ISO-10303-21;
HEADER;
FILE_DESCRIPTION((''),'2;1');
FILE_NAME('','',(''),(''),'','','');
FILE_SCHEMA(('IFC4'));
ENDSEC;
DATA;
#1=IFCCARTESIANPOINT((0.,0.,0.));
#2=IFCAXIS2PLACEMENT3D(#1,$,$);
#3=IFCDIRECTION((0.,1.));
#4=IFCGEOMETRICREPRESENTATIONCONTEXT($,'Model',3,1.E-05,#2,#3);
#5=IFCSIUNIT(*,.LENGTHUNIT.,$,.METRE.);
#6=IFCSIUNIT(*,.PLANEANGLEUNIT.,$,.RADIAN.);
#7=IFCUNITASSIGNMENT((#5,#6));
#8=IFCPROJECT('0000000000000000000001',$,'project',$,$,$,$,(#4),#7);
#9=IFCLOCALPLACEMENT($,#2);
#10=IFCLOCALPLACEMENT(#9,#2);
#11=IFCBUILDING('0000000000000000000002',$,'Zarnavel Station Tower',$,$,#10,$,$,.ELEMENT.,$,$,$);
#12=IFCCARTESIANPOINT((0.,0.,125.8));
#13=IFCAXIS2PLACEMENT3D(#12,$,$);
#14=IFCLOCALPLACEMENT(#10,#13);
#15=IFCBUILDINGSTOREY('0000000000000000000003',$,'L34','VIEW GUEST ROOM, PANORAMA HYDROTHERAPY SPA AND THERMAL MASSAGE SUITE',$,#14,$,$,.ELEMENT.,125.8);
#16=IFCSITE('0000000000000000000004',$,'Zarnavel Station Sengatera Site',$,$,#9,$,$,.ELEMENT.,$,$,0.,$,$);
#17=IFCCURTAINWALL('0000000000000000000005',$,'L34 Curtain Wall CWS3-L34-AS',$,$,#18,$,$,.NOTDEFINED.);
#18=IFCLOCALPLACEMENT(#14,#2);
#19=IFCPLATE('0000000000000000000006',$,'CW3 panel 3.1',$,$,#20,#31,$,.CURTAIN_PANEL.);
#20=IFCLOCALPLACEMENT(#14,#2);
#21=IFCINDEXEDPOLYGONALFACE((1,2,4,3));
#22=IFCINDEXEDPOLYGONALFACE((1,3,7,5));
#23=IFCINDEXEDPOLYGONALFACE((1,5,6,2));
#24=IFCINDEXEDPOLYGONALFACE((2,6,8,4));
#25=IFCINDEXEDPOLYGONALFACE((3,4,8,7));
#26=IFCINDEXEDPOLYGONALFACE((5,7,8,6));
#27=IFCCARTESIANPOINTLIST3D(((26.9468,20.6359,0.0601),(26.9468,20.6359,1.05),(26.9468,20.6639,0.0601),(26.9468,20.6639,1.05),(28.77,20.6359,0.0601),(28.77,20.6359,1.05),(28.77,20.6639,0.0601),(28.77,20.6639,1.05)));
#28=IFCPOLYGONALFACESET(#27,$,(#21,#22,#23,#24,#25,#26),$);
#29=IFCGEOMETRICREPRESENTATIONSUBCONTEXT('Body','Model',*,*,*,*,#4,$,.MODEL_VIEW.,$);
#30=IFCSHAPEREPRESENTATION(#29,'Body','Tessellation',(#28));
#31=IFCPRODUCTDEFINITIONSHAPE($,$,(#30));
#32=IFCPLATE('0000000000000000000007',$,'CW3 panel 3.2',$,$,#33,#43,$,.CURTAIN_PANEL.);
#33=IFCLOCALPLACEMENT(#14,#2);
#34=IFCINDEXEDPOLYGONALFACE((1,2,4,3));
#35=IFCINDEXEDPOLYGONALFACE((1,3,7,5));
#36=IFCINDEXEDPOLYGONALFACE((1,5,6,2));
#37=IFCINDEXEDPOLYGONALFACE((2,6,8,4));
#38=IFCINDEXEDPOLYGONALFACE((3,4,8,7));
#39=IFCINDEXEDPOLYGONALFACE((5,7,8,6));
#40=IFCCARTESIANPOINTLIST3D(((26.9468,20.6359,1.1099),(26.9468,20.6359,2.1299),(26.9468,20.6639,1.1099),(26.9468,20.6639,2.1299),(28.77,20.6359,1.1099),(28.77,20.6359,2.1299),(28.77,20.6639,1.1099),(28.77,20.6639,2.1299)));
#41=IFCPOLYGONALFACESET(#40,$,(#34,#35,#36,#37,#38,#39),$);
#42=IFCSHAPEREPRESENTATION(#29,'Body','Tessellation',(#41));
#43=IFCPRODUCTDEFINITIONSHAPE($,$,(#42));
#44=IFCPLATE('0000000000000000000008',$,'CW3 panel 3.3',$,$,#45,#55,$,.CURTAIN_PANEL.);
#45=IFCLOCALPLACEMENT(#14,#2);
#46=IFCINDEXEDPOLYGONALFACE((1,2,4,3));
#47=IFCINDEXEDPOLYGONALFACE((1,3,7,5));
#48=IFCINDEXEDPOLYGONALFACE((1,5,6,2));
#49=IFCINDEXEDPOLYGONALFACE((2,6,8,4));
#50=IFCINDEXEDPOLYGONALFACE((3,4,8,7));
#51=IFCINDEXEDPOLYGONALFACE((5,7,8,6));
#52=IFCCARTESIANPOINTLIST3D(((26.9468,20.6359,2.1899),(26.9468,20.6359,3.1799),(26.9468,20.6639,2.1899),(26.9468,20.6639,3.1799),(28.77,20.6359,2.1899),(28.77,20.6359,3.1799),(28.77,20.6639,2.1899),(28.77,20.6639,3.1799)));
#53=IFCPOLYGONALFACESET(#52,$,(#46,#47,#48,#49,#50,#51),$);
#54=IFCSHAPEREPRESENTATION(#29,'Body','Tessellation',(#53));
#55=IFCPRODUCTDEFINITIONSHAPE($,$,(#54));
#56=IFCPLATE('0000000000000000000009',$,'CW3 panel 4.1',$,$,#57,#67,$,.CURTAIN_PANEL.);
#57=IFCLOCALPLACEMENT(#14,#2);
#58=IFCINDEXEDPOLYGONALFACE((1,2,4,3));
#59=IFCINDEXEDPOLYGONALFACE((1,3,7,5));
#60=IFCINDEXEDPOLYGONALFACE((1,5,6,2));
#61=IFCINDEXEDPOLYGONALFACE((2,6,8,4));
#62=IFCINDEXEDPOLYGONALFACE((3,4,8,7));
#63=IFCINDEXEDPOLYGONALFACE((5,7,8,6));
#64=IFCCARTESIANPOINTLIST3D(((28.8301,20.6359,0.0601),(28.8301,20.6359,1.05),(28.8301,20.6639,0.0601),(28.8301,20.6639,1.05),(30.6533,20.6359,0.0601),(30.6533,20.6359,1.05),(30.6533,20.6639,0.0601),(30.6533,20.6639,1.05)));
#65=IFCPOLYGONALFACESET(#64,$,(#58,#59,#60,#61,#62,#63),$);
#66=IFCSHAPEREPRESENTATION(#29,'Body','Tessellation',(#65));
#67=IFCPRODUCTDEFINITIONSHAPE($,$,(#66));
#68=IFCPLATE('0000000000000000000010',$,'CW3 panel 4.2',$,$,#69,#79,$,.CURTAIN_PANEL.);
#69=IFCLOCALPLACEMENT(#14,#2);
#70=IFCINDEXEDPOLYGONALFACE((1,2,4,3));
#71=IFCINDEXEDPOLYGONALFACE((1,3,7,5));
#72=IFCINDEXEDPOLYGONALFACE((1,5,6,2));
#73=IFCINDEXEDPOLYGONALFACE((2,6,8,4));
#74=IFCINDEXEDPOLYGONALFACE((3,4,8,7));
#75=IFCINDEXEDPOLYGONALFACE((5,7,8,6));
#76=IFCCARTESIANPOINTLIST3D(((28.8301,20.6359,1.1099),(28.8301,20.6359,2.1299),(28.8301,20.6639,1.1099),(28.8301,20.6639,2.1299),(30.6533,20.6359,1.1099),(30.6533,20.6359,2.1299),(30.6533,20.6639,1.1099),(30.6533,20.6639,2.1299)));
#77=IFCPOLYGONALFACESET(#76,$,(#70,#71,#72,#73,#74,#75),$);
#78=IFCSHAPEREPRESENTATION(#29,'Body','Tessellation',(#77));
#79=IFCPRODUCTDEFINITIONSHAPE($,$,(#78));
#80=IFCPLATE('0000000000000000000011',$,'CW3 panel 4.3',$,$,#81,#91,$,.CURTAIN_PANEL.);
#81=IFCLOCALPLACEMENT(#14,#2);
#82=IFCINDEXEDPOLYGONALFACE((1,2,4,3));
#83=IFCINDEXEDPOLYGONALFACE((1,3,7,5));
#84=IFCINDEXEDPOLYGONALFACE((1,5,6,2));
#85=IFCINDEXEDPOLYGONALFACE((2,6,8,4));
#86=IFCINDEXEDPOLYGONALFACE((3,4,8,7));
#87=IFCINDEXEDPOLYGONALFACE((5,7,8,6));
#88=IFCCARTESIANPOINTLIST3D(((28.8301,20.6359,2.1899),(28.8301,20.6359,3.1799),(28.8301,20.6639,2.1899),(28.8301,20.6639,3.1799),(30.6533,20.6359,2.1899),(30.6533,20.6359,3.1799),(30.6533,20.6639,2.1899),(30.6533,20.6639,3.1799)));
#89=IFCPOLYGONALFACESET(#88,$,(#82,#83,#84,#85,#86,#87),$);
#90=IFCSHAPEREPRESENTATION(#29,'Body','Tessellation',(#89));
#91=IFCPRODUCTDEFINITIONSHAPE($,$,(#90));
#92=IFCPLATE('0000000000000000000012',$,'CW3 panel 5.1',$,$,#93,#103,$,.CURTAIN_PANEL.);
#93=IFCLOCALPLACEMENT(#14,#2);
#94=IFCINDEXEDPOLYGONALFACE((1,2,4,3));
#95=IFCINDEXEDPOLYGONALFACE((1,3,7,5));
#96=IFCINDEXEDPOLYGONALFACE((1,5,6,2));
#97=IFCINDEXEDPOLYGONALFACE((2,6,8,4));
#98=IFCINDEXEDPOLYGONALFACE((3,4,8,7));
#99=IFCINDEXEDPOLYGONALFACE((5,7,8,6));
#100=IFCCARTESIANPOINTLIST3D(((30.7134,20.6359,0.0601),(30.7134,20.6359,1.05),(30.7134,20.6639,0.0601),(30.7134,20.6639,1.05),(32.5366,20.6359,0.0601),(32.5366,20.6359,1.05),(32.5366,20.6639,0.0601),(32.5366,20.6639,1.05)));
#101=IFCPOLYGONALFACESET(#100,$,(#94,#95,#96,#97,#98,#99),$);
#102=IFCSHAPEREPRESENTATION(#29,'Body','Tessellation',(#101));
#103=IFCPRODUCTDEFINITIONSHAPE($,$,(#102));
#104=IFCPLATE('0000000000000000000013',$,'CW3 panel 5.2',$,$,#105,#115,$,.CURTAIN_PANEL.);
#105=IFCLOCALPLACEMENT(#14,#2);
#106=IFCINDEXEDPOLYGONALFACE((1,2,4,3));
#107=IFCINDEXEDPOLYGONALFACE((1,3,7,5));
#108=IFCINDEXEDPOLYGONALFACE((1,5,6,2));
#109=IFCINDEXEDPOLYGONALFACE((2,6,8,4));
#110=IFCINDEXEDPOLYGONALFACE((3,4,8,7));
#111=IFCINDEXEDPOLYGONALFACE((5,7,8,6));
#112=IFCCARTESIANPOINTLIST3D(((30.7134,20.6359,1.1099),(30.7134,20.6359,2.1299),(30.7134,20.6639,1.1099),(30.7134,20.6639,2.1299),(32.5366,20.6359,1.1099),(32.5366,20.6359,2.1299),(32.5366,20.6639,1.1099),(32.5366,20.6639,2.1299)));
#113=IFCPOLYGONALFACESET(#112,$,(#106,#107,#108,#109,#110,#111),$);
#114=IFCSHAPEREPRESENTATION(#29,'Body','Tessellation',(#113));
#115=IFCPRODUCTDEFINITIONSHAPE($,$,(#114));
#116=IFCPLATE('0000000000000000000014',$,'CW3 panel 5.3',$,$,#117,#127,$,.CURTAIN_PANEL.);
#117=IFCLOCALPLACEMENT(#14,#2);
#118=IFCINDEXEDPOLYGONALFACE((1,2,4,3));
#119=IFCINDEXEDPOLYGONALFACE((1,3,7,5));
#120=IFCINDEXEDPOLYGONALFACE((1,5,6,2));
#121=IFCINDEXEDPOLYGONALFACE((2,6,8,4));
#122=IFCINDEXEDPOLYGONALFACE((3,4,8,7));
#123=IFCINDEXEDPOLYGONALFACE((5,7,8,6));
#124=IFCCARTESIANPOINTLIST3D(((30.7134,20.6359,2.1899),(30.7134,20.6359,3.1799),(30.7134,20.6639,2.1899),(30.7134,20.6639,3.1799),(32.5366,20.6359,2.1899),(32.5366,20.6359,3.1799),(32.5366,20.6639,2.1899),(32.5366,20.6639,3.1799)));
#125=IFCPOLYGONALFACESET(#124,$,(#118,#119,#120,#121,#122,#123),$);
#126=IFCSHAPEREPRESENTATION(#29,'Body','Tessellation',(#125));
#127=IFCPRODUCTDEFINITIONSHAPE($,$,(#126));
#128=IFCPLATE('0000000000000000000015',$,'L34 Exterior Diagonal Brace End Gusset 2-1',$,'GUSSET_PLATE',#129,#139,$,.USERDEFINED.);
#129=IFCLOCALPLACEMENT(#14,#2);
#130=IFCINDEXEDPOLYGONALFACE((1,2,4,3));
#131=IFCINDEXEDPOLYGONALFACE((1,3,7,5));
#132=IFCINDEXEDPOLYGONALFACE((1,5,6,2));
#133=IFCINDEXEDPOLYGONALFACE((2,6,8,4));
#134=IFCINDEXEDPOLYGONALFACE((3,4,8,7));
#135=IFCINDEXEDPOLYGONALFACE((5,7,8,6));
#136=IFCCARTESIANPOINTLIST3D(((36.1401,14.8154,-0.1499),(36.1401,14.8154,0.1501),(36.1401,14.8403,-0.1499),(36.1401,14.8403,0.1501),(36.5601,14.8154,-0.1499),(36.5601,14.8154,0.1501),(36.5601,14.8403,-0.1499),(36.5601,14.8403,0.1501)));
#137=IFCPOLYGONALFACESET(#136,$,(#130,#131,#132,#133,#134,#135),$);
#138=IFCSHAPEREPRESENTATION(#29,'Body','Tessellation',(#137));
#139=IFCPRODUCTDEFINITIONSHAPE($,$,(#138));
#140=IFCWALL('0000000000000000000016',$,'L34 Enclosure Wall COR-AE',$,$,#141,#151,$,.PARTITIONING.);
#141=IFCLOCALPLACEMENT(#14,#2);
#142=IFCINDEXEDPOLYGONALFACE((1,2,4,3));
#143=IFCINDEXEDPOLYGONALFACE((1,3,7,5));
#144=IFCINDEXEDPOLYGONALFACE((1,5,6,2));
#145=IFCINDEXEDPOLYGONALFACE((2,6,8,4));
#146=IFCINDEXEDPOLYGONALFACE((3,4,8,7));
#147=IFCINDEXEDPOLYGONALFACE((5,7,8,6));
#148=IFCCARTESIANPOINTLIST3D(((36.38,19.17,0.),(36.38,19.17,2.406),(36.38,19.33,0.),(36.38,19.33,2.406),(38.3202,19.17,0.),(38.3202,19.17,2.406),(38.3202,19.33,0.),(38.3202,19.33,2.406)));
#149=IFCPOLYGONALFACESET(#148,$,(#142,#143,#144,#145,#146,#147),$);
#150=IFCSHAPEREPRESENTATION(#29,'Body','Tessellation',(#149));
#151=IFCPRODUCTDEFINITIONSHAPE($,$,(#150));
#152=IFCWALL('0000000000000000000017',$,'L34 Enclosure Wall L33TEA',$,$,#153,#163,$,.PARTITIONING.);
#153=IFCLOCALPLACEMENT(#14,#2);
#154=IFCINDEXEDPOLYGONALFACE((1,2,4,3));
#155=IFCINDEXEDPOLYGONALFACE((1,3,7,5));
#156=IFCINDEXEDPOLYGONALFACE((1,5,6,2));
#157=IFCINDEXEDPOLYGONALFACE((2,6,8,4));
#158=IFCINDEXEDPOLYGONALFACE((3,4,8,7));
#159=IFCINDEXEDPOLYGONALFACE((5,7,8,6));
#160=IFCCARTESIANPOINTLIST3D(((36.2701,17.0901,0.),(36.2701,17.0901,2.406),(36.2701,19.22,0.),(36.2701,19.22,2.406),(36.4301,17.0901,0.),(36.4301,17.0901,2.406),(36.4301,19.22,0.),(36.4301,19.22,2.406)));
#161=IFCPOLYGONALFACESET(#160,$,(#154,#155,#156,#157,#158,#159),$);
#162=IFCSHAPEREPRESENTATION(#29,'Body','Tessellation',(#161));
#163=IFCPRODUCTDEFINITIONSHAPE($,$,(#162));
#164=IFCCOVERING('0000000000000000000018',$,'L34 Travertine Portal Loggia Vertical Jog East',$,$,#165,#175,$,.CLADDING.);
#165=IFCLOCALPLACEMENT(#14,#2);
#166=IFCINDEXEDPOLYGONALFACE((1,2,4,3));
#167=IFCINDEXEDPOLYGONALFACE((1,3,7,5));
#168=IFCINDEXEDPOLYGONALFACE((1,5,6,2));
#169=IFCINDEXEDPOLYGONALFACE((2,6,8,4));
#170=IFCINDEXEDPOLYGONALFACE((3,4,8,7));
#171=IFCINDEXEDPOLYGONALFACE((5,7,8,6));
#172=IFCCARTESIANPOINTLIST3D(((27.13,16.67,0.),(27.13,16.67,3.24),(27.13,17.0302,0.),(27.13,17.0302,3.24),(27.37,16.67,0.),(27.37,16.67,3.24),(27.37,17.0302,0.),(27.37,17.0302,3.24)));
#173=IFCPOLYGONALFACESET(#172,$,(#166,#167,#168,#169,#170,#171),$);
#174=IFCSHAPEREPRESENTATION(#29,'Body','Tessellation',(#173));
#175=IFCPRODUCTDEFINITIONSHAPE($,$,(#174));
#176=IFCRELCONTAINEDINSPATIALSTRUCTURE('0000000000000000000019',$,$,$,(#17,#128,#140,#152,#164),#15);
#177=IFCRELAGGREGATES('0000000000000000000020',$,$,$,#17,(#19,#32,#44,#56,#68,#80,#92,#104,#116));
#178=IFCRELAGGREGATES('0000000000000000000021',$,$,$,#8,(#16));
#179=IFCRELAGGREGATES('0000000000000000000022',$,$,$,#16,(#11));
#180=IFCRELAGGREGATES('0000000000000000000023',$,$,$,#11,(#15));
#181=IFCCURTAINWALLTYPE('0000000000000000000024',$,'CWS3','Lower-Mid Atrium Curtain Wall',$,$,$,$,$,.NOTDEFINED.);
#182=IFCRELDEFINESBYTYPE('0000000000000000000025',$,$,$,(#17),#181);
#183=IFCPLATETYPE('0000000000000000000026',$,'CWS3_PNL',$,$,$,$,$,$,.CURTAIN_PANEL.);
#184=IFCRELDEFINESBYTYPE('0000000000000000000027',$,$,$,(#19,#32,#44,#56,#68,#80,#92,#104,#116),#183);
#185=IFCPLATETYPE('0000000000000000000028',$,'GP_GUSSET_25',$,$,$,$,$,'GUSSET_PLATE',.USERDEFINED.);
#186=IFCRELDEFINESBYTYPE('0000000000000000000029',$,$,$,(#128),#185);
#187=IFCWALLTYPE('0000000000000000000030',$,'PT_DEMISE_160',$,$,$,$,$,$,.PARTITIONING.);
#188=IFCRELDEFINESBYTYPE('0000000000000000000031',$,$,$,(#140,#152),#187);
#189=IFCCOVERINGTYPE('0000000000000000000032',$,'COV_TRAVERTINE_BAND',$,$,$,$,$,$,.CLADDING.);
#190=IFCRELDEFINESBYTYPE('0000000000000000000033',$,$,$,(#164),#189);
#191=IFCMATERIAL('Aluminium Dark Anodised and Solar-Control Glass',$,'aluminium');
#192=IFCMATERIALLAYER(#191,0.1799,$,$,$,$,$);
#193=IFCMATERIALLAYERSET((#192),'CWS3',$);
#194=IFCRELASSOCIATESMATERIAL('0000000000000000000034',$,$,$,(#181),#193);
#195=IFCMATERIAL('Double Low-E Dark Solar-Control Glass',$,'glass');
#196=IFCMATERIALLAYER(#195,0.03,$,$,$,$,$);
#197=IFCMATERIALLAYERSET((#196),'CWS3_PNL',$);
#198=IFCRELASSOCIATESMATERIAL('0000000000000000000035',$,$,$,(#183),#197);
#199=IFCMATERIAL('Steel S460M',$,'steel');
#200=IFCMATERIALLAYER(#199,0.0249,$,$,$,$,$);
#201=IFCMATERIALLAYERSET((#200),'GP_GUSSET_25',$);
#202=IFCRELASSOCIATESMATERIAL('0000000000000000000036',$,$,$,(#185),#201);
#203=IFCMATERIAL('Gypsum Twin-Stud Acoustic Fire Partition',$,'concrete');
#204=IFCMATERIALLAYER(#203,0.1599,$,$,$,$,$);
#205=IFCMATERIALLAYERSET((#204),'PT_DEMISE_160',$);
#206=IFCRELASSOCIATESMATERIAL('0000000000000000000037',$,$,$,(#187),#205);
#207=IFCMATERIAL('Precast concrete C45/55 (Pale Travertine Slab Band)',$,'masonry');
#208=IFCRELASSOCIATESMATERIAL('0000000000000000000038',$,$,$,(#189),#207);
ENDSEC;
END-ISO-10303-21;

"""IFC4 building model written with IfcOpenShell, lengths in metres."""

from ifc_helpers import new_model, si_unit, direction, frame, frame_2d, origin, origin_2d, place, context, subcontext, project, spatial, rectangle, extrude, material, layer, layer_set, type_object, element, aggregate, save


model = new_model("IFC4")

# Units and contexts
model_context = context("Model", 3, precision=1e-05, world=origin(), true_north=direction((0.0, 1.0)))
body_context = subcontext(model_context, "Body", "Model", "MODEL_VIEW")
ifc_project = project(units=[si_unit("LENGTHUNIT", "METRE"), si_unit("PLANEANGLEUNIT", "RADIAN")], contexts=[model_context])

# Site, building, storey
site_placement = place(None, origin())
site = spatial("IfcSite", under=ifc_project, at=site_placement, Name="Zarnavel Station Sengatera Site", CompositionType="ELEMENT", RefElevation=0.0)
building_placement = place(site_placement, origin())
building = spatial("IfcBuilding", under=site, at=building_placement, Name="Zarnavel Station Tower", CompositionType="ELEMENT")
storey_placement = place(building_placement, frame((0.0, 0.0, 125.8)))
storey = spatial("IfcBuildingStorey", under=building, at=storey_placement, Name="L34", Description="VIEW GUEST ROOM, PANORAMA HYDROTHERAPY SPA AND THERMAL MASSAGE SUITE", CompositionType="ELEMENT", Elevation=125.8)

# Curtain wall
ifc_material_1 = material(Name="Aluminium Dark Anodised and Solar-Control Glass", Category="aluminium")
ifc_layer_1 = layer(ifc_material_1, 0.1799)
ifc_layer_set_1 = layer_set([ifc_layer_1], Name="CWS3")
curtain_wall_type_1 = type_object("IfcCurtainWallType", Name="CWS3", Description="Lower-Mid Atrium Curtain Wall", PredefinedType="NOTDEFINED", material=ifc_layer_set_1)
curtain_wall_1_placement = place(storey_placement, origin())
curtain_wall_1 = element("IfcCurtainWall", 1, at=curtain_wall_1_placement, inside=storey, type_object=curtain_wall_type_1, Name="L34 Curtain Wall CWS3-L34-AS", PredefinedType="NOTDEFINED")

# Plates
ifc_material_2 = material(Name="Double Low-E Dark Solar-Control Glass", Category="glass")
ifc_layer_2 = layer(ifc_material_2, 0.03)
ifc_layer_set_2 = layer_set([ifc_layer_2], Name="CWS3_PNL")
plate_type_1 = type_object("IfcPlateType", Name="CWS3_PNL", PredefinedType="CURTAIN_PANEL", material=ifc_layer_set_2)
plate_1_placement = place(storey_placement, frame((27.8584, 20.6499, 0.0601), z_axis=(0.0, 0.0, 1.0), x_axis=(1.0, 0.0, 0.0)))
plate_1 = element("IfcPlate", 2, at=plate_1_placement, type_object=plate_type_1, Name="CW3 panel 3.1", PredefinedType="CURTAIN_PANEL", context=body_context, shape_type="SweptSolid", body=[
    extrude(rectangle(XDim=1.8232, YDim=0.0281, at=origin_2d()), origin(), (0.0, 0.0, 1.0), 0.99),
])
plate_2_placement = place(storey_placement, frame((27.8584, 20.6499, 1.1099), z_axis=(0.0, 0.0, 1.0), x_axis=(1.0, 0.0, 0.0)))
plate_2 = element("IfcPlate", 3, at=plate_2_placement, type_object=plate_type_1, Name="CW3 panel 3.2", PredefinedType="CURTAIN_PANEL", context=body_context, shape_type="SweptSolid", body=[
    extrude(rectangle(XDim=1.8232, YDim=0.0281, at=origin_2d()), origin(), (0.0, 0.0, 1.0), 1.02),
])
plate_3_placement = place(storey_placement, frame((27.8584, 20.6499, 2.1899), z_axis=(0.0, 0.0, 1.0), x_axis=(1.0, 0.0, 0.0)))
plate_3 = element("IfcPlate", 4, at=plate_3_placement, type_object=plate_type_1, Name="CW3 panel 3.3", PredefinedType="CURTAIN_PANEL", context=body_context, shape_type="SweptSolid", body=[
    extrude(rectangle(XDim=1.8232, YDim=0.0281, at=origin_2d()), origin(), (0.0, 0.0, 1.0), 0.99),
])
plate_4_placement = place(storey_placement, frame((29.7417, 20.6499, 0.0601), z_axis=(0.0, 0.0, 1.0), x_axis=(1.0, 0.0, 0.0)))
plate_4 = element("IfcPlate", 5, at=plate_4_placement, type_object=plate_type_1, Name="CW3 panel 4.1", PredefinedType="CURTAIN_PANEL", context=body_context, shape_type="SweptSolid", body=[
    extrude(rectangle(XDim=1.8232, YDim=0.0281, at=origin_2d()), origin(), (0.0, 0.0, 1.0), 0.99),
])
plate_5_placement = place(storey_placement, frame((29.7417, 20.6499, 1.1099), z_axis=(0.0, 0.0, 1.0), x_axis=(1.0, 0.0, 0.0)))
plate_5 = element("IfcPlate", 6, at=plate_5_placement, type_object=plate_type_1, Name="CW3 panel 4.2", PredefinedType="CURTAIN_PANEL", context=body_context, shape_type="SweptSolid", body=[
    extrude(rectangle(XDim=1.8232, YDim=0.0281, at=origin_2d()), origin(), (0.0, 0.0, 1.0), 1.02),
])
plate_6_placement = place(storey_placement, frame((29.7417, 20.6499, 2.1899), z_axis=(0.0, 0.0, 1.0), x_axis=(1.0, 0.0, 0.0)))
plate_6 = element("IfcPlate", 7, at=plate_6_placement, type_object=plate_type_1, Name="CW3 panel 4.3", PredefinedType="CURTAIN_PANEL", context=body_context, shape_type="SweptSolid", body=[
    extrude(rectangle(XDim=1.8232, YDim=0.0281, at=origin_2d()), origin(), (0.0, 0.0, 1.0), 0.99),
])
plate_7_placement = place(storey_placement, frame((31.625, 20.6499, 0.0601), z_axis=(0.0, 0.0, 1.0), x_axis=(1.0, 0.0, 0.0)))
plate_7 = element("IfcPlate", 8, at=plate_7_placement, type_object=plate_type_1, Name="CW3 panel 5.1", PredefinedType="CURTAIN_PANEL", context=body_context, shape_type="SweptSolid", body=[
    extrude(rectangle(XDim=1.8232, YDim=0.0281, at=origin_2d()), origin(), (0.0, 0.0, 1.0), 0.99),
])
plate_8_placement = place(storey_placement, frame((31.625, 20.6499, 1.1099), z_axis=(0.0, 0.0, 1.0), x_axis=(1.0, 0.0, 0.0)))
plate_8 = element("IfcPlate", 9, at=plate_8_placement, type_object=plate_type_1, Name="CW3 panel 5.2", PredefinedType="CURTAIN_PANEL", context=body_context, shape_type="SweptSolid", body=[
    extrude(rectangle(XDim=1.8232, YDim=0.0281, at=origin_2d()), origin(), (0.0, 0.0, 1.0), 1.02),
])
plate_9_placement = place(storey_placement, frame((31.625, 20.6499, 2.1899), z_axis=(0.0, 0.0, 1.0), x_axis=(1.0, 0.0, 0.0)))
plate_9 = element("IfcPlate", 10, at=plate_9_placement, type_object=plate_type_1, Name="CW3 panel 5.3", PredefinedType="CURTAIN_PANEL", context=body_context, shape_type="SweptSolid", body=[
    extrude(rectangle(XDim=1.8232, YDim=0.0281, at=origin_2d()), origin(), (0.0, 0.0, 1.0), 0.99),
])
aggregate(curtain_wall_1, [plate_1, plate_2, plate_3, plate_4, plate_5, plate_6, plate_7, plate_8, plate_9])
ifc_material_3 = material(Name="Steel S460M", Category="steel")
ifc_layer_3 = layer(ifc_material_3, 0.0249)
ifc_layer_set_3 = layer_set([ifc_layer_3], Name="GP_GUSSET_25")
plate_type_2 = type_object("IfcPlateType", Name="GP_GUSSET_25", ElementType="GUSSET_PLATE", PredefinedType="USERDEFINED", material=ifc_layer_set_3)
plate_10_placement = place(storey_placement, frame((36.3501, 14.8279, -0.1499), z_axis=(0.0, 0.0, 1.0), x_axis=(1.0, 0.0, 0.0)))
element("IfcPlate", 11, at=plate_10_placement, inside=storey, type_object=plate_type_2, Name="L34 Exterior Diagonal Brace End Gusset 2-1", ObjectType="GUSSET_PLATE", PredefinedType="USERDEFINED", context=body_context, shape_type="SweptSolid", body=[
    extrude(rectangle(XDim=0.4199, YDim=0.0249, at=origin_2d()), origin(), (0.0, 0.0, 1.0), 0.3),
])

# Walls
ifc_material_4 = material(Name="Gypsum Twin-Stud Acoustic Fire Partition", Category="concrete")
ifc_layer_4 = layer(ifc_material_4, 0.1599)
ifc_layer_set_4 = layer_set([ifc_layer_4], Name="PT_DEMISE_160")
wall_type = type_object("IfcWallType", Name="PT_DEMISE_160", PredefinedType="PARTITIONING", material=ifc_layer_set_4)
wall_1_placement = place(storey_placement, frame((36.3799, 19.25, 0.0), z_axis=(0.0, 0.0, 1.0), x_axis=(1.0, 0.0, 0.0)))
element("IfcWall", 12, at=wall_1_placement, inside=storey, type_object=wall_type, Name="L34 Enclosure Wall COR-AE", PredefinedType="PARTITIONING", context=body_context, shape_type="SweptSolid", body=[
    extrude(rectangle(XDim=1.9402, YDim=0.1599, at=frame_2d((0.9702, 0.0))), origin(), (0.0, 0.0, 1.0), 2.406),
])
wall_2_placement = place(storey_placement, frame((36.3501, 17.0901, 0.0), z_axis=(0.0, 0.0, 1.0), x_axis=(0.0, 1.0, 0.0)))
element("IfcWall", 13, at=wall_2_placement, inside=storey, type_object=wall_type, Name="L34 Enclosure Wall L33TEA", PredefinedType="PARTITIONING", context=body_context, shape_type="SweptSolid", body=[
    extrude(rectangle(XDim=2.1299, YDim=0.1599, at=frame_2d((1.0649, 0.0))), origin(), (0.0, 0.0, 1.0), 2.406),
])

# Covering
ifc_material_5 = material(Name="Precast concrete C45/55 (Pale Travertine Slab Band)", Category="masonry")
covering_type = type_object("IfcCoveringType", Name="COV_TRAVERTINE_BAND", PredefinedType="CLADDING", material=ifc_material_5)
covering_placement = place(storey_placement, frame((27.25, 16.8501, 0.0), z_axis=(0.0, 0.0, 1.0), x_axis=(1.0, 0.0, 0.0)))
element("IfcCovering", 14, at=covering_placement, inside=storey, type_object=covering_type, Name="L34 Travertine Portal Loggia Vertical Jog East", PredefinedType="CLADDING", context=body_context, shape_type="SweptSolid", body=[
    extrude(rectangle(XDim=0.24, YDim=0.3601, at=origin_2d()), origin(), (0.0, 0.0, 1.0), 3.24),
])

save(model, "model.ifc")
